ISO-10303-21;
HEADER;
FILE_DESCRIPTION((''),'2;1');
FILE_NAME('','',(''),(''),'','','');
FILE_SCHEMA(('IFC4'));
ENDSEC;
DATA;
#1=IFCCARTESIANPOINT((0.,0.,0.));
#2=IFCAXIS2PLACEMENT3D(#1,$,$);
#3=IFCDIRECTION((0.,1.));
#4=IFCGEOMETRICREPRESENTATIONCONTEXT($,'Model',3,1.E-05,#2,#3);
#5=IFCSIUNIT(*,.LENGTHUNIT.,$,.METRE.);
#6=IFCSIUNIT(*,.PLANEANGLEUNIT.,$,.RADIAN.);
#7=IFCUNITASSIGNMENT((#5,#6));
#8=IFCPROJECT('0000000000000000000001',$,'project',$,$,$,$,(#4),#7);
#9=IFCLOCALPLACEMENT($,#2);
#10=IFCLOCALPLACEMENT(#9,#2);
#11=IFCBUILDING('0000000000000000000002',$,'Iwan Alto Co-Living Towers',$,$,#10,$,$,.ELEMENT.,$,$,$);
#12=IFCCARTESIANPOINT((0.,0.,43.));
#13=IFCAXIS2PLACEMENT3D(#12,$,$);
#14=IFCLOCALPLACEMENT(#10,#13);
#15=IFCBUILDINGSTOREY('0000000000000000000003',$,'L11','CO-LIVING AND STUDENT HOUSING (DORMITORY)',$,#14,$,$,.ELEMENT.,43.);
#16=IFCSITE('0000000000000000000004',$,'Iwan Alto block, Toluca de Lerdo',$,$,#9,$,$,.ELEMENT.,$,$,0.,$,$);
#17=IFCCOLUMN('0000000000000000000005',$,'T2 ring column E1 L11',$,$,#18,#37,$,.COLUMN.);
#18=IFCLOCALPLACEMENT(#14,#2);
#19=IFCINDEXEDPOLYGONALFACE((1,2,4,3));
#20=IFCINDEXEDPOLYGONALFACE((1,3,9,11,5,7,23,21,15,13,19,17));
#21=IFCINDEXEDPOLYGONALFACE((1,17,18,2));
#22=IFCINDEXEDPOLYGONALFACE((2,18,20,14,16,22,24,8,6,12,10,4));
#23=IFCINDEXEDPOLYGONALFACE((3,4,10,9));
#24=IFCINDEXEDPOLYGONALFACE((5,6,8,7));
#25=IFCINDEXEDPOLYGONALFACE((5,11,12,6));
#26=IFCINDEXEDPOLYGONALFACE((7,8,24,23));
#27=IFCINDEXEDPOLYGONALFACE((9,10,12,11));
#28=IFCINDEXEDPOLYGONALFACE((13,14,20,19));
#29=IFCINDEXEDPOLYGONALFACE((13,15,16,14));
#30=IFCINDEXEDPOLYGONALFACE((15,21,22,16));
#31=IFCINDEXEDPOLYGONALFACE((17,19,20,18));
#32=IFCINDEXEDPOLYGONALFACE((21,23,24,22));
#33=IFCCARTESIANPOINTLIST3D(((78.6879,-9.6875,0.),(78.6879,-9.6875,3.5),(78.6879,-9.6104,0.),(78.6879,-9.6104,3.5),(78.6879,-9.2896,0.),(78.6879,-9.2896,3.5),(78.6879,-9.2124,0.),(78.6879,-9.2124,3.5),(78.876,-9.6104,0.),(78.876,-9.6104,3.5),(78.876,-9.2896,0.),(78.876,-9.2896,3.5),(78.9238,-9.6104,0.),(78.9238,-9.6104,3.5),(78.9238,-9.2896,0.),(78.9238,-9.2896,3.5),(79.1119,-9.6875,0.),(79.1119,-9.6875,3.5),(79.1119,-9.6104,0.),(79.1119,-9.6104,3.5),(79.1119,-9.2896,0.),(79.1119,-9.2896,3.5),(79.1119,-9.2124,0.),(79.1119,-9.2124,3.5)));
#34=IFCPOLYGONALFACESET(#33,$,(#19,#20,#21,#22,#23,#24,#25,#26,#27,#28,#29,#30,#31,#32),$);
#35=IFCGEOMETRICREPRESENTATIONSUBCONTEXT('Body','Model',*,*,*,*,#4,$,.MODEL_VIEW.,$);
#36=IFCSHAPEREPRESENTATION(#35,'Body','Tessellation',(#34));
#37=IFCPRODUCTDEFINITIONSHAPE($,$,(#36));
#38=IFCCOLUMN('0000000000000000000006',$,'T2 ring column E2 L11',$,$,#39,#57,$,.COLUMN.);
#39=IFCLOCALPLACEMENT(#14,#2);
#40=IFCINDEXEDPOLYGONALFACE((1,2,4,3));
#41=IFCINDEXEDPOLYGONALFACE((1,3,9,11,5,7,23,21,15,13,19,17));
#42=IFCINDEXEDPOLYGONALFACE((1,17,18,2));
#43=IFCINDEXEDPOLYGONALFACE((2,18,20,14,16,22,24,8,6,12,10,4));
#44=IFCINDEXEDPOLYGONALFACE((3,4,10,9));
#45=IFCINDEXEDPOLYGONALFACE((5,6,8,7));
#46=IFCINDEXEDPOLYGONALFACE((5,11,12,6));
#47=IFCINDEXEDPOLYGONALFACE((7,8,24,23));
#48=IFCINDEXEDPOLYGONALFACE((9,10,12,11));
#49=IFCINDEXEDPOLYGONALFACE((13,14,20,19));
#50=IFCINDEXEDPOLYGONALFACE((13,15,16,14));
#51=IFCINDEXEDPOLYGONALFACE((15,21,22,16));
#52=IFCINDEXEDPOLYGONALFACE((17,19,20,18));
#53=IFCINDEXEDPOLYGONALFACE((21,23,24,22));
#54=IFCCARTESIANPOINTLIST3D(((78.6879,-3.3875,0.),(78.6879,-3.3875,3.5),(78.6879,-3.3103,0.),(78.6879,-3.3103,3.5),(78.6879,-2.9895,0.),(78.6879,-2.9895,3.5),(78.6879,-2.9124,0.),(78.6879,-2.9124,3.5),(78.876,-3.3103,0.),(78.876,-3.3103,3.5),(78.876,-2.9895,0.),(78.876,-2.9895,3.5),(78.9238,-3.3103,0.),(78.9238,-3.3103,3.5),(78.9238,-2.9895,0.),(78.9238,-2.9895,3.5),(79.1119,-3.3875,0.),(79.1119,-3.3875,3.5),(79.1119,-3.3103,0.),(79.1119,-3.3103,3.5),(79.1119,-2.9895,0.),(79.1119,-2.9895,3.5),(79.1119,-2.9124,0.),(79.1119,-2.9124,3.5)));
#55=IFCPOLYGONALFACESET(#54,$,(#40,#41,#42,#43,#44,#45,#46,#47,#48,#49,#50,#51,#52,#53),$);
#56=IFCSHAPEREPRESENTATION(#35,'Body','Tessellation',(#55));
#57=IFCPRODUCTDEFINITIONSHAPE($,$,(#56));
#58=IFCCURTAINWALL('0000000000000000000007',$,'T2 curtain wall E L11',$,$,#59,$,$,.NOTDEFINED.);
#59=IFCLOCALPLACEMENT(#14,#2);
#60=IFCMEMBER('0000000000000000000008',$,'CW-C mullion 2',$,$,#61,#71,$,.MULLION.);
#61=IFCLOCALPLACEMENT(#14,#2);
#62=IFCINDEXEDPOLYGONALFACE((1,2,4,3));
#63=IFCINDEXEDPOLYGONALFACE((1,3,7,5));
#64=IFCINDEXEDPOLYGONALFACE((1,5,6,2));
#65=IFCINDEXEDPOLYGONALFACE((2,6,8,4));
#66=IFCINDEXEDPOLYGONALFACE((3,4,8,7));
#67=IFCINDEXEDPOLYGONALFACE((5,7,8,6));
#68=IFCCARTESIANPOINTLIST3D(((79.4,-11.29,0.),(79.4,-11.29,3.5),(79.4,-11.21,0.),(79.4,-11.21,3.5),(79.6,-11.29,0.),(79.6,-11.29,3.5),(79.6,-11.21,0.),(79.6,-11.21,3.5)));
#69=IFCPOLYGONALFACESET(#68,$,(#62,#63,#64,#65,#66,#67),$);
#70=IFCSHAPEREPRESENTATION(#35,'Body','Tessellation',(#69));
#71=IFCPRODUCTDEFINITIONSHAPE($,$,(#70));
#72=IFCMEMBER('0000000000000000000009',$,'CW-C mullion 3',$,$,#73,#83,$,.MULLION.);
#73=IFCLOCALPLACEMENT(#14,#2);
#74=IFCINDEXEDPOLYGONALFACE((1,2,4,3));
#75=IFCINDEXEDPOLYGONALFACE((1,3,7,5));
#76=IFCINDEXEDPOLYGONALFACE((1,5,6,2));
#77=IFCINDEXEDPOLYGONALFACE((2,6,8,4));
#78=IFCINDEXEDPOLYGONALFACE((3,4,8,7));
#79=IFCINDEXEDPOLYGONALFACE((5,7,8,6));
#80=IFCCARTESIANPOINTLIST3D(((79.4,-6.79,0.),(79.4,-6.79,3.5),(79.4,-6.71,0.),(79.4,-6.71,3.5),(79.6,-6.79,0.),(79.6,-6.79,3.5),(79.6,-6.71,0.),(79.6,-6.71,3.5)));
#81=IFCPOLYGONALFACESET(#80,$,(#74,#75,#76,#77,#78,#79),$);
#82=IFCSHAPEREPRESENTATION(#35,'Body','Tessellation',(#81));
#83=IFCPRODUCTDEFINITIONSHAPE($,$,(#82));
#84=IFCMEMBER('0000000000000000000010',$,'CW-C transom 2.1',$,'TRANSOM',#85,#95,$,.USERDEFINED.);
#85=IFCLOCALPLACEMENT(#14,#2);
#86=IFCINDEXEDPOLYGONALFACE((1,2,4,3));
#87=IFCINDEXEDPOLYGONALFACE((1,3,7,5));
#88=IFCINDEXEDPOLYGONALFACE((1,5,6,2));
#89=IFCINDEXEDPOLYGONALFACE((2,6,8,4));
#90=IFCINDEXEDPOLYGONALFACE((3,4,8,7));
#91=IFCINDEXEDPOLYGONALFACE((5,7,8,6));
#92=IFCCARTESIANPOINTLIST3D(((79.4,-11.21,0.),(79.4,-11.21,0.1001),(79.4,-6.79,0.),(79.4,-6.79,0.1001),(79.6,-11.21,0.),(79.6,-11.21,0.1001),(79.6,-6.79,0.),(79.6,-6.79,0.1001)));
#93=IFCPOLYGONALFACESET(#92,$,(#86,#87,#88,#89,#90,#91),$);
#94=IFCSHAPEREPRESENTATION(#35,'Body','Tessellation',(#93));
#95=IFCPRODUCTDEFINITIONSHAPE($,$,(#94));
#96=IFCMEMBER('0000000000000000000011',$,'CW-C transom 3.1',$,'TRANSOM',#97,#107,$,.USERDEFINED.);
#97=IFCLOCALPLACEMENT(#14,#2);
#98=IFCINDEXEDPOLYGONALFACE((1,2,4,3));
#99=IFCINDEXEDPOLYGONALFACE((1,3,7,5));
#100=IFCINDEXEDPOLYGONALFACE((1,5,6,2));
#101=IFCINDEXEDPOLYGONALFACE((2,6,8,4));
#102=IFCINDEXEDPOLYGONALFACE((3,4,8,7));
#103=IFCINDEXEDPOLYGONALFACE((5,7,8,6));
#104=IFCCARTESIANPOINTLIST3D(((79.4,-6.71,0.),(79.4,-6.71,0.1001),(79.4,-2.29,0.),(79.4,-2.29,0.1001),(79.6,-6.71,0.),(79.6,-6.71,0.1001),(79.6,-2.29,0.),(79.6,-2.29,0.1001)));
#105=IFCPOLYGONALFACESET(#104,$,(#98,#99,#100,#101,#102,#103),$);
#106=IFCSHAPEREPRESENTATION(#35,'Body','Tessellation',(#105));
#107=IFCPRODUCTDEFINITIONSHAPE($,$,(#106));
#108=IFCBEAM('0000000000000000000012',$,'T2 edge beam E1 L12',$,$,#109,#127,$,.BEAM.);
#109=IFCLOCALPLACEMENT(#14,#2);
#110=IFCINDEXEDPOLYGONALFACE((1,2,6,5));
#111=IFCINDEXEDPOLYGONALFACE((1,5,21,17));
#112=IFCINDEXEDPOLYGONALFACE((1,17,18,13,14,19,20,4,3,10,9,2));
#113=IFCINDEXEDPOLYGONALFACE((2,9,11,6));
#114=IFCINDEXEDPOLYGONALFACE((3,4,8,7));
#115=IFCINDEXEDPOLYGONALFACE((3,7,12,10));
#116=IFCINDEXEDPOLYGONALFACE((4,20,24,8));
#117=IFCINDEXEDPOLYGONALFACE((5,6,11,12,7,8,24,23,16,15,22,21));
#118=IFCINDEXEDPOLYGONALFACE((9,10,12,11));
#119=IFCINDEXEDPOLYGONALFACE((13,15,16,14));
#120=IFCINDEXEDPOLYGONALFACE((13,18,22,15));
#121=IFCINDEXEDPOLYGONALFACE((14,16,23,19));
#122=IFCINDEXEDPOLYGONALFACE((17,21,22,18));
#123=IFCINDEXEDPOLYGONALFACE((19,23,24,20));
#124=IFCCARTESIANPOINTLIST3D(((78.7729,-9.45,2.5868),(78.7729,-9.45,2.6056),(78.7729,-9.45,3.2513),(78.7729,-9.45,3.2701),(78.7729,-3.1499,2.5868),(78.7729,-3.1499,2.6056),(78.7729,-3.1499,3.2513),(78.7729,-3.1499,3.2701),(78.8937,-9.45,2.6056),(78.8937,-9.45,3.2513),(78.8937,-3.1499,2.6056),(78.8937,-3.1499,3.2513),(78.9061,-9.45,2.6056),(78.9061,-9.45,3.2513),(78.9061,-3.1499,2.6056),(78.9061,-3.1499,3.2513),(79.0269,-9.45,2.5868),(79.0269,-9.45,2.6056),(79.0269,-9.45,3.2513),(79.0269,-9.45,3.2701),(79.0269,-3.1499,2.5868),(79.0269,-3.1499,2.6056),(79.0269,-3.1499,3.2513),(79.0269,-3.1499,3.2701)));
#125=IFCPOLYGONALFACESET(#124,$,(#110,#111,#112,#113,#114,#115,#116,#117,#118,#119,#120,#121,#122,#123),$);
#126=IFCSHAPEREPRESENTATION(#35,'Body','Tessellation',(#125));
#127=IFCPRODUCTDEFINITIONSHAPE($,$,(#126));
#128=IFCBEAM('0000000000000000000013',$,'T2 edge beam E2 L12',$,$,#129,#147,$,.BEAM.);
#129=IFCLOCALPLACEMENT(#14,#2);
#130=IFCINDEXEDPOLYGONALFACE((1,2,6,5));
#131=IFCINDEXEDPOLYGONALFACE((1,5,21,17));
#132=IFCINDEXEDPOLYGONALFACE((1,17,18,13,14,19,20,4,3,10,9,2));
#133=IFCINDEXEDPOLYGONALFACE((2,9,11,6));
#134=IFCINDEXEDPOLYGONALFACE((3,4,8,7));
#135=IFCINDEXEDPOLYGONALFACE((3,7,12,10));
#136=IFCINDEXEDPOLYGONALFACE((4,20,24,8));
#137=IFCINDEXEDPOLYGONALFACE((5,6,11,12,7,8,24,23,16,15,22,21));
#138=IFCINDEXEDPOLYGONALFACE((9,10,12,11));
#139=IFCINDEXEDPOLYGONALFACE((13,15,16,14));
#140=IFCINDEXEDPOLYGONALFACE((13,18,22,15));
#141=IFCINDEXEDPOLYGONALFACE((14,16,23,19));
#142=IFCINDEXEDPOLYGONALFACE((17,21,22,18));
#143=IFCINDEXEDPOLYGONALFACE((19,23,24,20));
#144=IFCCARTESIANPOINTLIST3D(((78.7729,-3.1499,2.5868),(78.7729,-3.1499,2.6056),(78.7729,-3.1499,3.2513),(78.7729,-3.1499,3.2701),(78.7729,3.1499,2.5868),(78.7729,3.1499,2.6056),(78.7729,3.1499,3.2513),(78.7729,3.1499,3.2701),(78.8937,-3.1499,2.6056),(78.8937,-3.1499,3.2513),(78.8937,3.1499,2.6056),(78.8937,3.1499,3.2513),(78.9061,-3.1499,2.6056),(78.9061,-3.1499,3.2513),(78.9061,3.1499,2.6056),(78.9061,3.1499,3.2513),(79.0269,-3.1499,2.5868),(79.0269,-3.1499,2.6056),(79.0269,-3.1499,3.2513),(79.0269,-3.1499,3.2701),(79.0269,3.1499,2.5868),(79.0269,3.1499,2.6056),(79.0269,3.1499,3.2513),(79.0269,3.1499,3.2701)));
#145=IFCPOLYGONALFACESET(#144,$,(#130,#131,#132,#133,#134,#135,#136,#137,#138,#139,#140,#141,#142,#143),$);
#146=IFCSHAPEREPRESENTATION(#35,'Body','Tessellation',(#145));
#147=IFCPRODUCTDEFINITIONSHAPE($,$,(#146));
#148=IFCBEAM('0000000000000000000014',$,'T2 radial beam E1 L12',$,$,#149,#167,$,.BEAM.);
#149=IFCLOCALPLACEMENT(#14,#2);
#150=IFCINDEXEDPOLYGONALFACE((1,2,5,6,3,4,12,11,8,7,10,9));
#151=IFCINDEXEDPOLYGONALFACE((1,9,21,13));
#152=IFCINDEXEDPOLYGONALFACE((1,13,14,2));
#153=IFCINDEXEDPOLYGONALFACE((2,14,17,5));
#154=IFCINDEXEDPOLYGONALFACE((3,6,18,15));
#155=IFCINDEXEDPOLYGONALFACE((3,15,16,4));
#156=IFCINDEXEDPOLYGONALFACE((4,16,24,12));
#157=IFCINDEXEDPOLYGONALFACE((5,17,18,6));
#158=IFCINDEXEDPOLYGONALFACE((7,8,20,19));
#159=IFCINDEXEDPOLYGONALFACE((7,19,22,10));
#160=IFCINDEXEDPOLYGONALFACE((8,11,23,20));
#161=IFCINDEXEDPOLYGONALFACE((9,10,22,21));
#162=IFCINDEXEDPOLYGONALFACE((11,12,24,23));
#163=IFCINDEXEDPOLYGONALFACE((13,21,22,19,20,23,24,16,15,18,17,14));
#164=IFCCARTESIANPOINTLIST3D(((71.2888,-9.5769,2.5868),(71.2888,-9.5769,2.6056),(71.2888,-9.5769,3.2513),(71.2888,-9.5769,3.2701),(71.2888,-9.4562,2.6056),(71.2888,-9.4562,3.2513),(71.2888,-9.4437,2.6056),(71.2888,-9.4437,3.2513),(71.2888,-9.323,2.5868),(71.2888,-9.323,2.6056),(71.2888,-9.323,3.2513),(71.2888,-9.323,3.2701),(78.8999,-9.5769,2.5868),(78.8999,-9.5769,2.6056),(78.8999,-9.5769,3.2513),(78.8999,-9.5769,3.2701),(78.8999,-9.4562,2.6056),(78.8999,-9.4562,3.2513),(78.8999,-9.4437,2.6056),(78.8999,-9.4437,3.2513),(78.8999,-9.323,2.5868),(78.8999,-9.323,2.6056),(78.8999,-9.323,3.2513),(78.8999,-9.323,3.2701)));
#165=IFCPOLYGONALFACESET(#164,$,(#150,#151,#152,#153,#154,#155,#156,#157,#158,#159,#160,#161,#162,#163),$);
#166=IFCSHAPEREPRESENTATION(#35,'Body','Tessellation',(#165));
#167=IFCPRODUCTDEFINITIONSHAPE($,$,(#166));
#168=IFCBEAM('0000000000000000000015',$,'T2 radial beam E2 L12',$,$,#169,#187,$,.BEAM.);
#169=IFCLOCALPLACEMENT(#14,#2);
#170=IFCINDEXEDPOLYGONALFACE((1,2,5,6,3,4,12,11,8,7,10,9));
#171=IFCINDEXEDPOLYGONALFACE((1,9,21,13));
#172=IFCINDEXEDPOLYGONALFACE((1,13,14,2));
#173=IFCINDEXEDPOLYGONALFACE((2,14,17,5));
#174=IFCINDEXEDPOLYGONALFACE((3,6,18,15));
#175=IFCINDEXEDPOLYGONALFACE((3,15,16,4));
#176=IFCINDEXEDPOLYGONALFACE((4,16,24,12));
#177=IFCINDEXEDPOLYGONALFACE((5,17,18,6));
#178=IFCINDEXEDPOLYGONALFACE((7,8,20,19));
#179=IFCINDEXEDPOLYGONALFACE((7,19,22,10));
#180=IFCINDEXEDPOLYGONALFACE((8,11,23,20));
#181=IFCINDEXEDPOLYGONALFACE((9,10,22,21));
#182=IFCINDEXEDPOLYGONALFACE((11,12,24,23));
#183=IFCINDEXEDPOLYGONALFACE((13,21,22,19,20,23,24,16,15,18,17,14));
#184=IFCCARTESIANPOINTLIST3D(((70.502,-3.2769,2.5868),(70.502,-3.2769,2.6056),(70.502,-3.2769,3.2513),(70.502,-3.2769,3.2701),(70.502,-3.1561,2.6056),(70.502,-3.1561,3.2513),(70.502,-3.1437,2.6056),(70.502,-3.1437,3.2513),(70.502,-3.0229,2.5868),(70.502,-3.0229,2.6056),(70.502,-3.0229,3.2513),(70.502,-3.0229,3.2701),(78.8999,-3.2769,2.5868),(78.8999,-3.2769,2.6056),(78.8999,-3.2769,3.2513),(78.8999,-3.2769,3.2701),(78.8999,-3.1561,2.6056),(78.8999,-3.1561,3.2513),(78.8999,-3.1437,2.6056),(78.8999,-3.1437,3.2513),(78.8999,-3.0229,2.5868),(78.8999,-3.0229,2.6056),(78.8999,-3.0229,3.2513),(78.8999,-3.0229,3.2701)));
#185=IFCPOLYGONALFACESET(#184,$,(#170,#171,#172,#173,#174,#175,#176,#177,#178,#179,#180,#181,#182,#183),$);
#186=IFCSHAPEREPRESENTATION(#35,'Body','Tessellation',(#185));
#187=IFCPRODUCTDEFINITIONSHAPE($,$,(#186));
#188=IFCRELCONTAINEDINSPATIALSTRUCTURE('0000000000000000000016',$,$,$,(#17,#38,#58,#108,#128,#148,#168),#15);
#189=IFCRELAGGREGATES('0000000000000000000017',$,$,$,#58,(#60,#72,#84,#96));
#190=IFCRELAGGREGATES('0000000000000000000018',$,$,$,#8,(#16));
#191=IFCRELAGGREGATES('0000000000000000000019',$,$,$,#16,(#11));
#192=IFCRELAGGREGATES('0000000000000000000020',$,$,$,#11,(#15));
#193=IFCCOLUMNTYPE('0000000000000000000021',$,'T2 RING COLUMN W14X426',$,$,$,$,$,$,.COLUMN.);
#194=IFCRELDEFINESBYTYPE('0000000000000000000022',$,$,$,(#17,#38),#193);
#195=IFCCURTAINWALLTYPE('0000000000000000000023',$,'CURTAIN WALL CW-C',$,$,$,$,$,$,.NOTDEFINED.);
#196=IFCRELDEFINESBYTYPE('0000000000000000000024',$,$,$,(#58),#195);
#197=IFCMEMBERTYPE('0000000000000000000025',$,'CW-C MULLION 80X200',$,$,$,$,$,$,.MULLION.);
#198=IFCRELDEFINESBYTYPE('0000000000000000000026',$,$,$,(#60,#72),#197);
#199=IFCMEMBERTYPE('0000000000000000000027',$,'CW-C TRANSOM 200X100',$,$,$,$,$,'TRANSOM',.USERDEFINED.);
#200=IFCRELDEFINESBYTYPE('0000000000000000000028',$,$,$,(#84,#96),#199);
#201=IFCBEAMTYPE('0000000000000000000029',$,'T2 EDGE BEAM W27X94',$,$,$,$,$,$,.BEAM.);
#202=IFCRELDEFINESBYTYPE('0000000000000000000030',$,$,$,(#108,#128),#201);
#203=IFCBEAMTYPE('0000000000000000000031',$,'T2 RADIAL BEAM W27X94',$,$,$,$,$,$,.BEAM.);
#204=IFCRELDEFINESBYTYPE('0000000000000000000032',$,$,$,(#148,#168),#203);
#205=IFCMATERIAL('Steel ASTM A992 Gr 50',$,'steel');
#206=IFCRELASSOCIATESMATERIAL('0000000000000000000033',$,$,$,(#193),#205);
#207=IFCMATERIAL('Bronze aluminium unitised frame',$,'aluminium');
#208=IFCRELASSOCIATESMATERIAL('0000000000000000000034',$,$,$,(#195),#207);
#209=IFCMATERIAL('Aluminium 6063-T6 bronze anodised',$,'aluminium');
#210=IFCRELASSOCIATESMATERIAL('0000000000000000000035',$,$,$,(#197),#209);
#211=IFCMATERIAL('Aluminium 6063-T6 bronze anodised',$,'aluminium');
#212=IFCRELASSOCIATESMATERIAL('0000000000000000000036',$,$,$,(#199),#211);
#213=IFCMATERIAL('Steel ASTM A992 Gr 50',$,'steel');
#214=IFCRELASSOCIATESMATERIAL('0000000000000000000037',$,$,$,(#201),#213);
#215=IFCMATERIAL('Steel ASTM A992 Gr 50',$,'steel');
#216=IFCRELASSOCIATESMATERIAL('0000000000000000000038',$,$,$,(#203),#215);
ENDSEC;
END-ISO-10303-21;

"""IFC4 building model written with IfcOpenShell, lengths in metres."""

from ifc_helpers import new_model, si_unit, direction, frame, origin, origin_2d, place, context, subcontext, project, spatial, rectangle, i_section, extrude, material, material_profile, profile_set, type_object, element, aggregate, save


model = new_model("IFC4")

# Units and contexts
model_context = context("Model", 3, precision=1e-05, world=origin(), true_north=direction((0.0, 1.0)))
body_context = subcontext(model_context, "Body", "Model", "MODEL_VIEW")
ifc_project = project(units=[si_unit("LENGTHUNIT", "METRE"), si_unit("PLANEANGLEUNIT", "RADIAN")], contexts=[model_context])

# Site, building, storey
site_placement = place(None, origin())
site = spatial("IfcSite", under=ifc_project, at=site_placement, Name="Iwan Alto block, Toluca de Lerdo", CompositionType="ELEMENT", RefElevation=0.0)
building_placement = place(site_placement, origin())
building = spatial("IfcBuilding", under=site, at=building_placement, Name="Iwan Alto Co-Living Towers", CompositionType="ELEMENT")
storey_placement = place(building_placement, frame((0.0, 0.0, 43.0)))
storey = spatial("IfcBuildingStorey", under=building, at=storey_placement, Name="L11", Description="CO-LIVING AND STUDENT HOUSING (DORMITORY)", CompositionType="ELEMENT", Elevation=43.0)

# Columns
ifc_material_1 = material(Name="Steel ASTM A992 Gr 50", Category="steel")
ifc_material_profile_1 = material_profile(ifc_material_1, i_section(OverallWidth=0.4241, OverallDepth=0.4751, WebThickness=0.0479, FlangeThickness=0.0771, at=origin_2d()), Name="W14X426")
ifc_profile_set_1 = profile_set([ifc_material_profile_1], Name="Steel ASTM A992 Gr 50")
column_type = type_object("IfcColumnType", Name="T2 RING COLUMN W14X426", PredefinedType="COLUMN", material=ifc_profile_set_1)
for number, where, z_axis, x_axis, name in (
    (1, (78.8999, -9.45, 0.0), (0.0, 0.0, 1.0), (1.0, 0.0, 0.0), "T2 ring column E1 L11"),
    (2, (78.8999, -3.1499, 0.0), (0.0, 0.0, 1.0), (1.0, 0.0, 0.0), "T2 ring column E2 L11"),
):
    element("IfcColumn", number, at=place(storey_placement, frame(where, z_axis=z_axis, x_axis=x_axis)), inside=storey, type_object=column_type, Name=name, PredefinedType="COLUMN", context=body_context, shape_type="SweptSolid", body=[
        extrude(i_section(OverallWidth=0.4241, OverallDepth=0.4751, WebThickness=0.0479, FlangeThickness=0.0771, at=origin_2d()), origin(), (0.0, 0.0, 1.0), 3.5),
    ])

# Curtain wall, members
ifc_material_2 = material(Name="Bronze aluminium unitised frame", Category="aluminium")
curtain_wall_type = type_object("IfcCurtainWallType", Name="CURTAIN WALL CW-C", PredefinedType="NOTDEFINED", material=ifc_material_2)
curtain_wall_placement = place(storey_placement, origin())
curtain_wall = element("IfcCurtainWall", 3, at=curtain_wall_placement, inside=storey, type_object=curtain_wall_type, Name="T2 curtain wall E L11", PredefinedType="NOTDEFINED")
ifc_material_3 = material(Name="Aluminium 6063-T6 bronze anodised", Category="aluminium")
ifc_material_profile_2 = material_profile(ifc_material_3, rectangle(XDim=0.2, YDim=0.0801, at=origin_2d()), Name="AL 80X200")
ifc_profile_set_2 = profile_set([ifc_material_profile_2], Name="Aluminium 6063-T6 bronze anodised")
member_type_1 = type_object("IfcMemberType", Name="CW-C MULLION 80X200", PredefinedType="MULLION", material=ifc_profile_set_2)
member_1_placement = place(storey_placement, frame((79.5, -11.25, 0.0), z_axis=(0.0, 0.0, 1.0), x_axis=(-1.0, 0.0, 0.0)))
member_1 = element("IfcMember", 4, at=member_1_placement, type_object=member_type_1, Name="CW-C mullion 2", PredefinedType="MULLION", context=body_context, shape_type="SweptSolid", body=[
    extrude(rectangle(XDim=0.2, YDim=0.0801, at=origin_2d()), origin(), (0.0, 0.0, 1.0), 3.5),
])
member_2_placement = place(storey_placement, frame((79.5, -6.75, 0.0), z_axis=(0.0, 0.0, 1.0), x_axis=(-1.0, 0.0, 0.0)))
member_2 = element("IfcMember", 5, at=member_2_placement, type_object=member_type_1, Name="CW-C mullion 3", PredefinedType="MULLION", context=body_context, shape_type="SweptSolid", body=[
    extrude(rectangle(XDim=0.2, YDim=0.0801, at=origin_2d()), origin(), (0.0, 0.0, 1.0), 3.5),
])
ifc_material_4 = material(Name="Aluminium 6063-T6 bronze anodised", Category="aluminium")
ifc_material_profile_3 = material_profile(ifc_material_4, rectangle(XDim=0.2, YDim=0.1001, at=origin_2d()), Name="AL 200X100")
ifc_profile_set_3 = profile_set([ifc_material_profile_3], Name="Aluminium 6063-T6 bronze anodised")
member_type_2 = type_object("IfcMemberType", Name="CW-C TRANSOM 200X100", ElementType="TRANSOM", PredefinedType="USERDEFINED", material=ifc_profile_set_3)
member_3_placement = place(storey_placement, frame((79.5, -11.21, 0.05), z_axis=(0.0, 1.0, 0.0), x_axis=(-1.0, 0.0, 0.0)))
member_3 = element("IfcMember", 6, at=member_3_placement, type_object=member_type_2, Name="CW-C transom 2.1", ObjectType="TRANSOM", PredefinedType="USERDEFINED", context=body_context, shape_type="SweptSolid", body=[
    extrude(rectangle(XDim=0.2, YDim=0.1001, at=origin_2d()), origin(), (0.0, 0.0, 1.0), 4.4199),
])
member_4_placement = place(storey_placement, frame((79.5, -6.71, 0.05), z_axis=(0.0, 1.0, 0.0), x_axis=(-1.0, 0.0, 0.0)))
member_4 = element("IfcMember", 7, at=member_4_placement, type_object=member_type_2, Name="CW-C transom 3.1", ObjectType="TRANSOM", PredefinedType="USERDEFINED", context=body_context, shape_type="SweptSolid", body=[
    extrude(rectangle(XDim=0.2, YDim=0.1001, at=origin_2d()), origin(), (0.0, 0.0, 1.0), 4.4199),
])

# Beams
ifc_material_5 = material(Name="Steel ASTM A992 Gr 50", Category="steel")
ifc_material_profile_4 = material_profile(ifc_material_5, i_section(OverallWidth=0.2539, OverallDepth=0.6833, WebThickness=0.0125, FlangeThickness=0.0188, at=origin_2d()), Name="W27X94")
ifc_profile_set_4 = profile_set([ifc_material_profile_4], Name="Steel ASTM A992 Gr 50")
beam_type_1 = type_object("IfcBeamType", Name="T2 EDGE BEAM W27X94", PredefinedType="BEAM", material=ifc_profile_set_4)
beam_1_placement = place(storey_placement, frame((78.8999, -9.45, 2.9285), z_axis=(0.0, 1.0, 0.0), x_axis=(-1.0, 0.0, 0.0)))
element("IfcBeam", 8, at=beam_1_placement, inside=storey, type_object=beam_type_1, Name="T2 edge beam E1 L12", PredefinedType="BEAM", context=body_context, shape_type="SweptSolid", body=[
    extrude(i_section(OverallWidth=0.2539, OverallDepth=0.6833, WebThickness=0.0125, FlangeThickness=0.0188, at=origin_2d()), origin(), (0.0, 0.0, 1.0), 6.3),
])
beam_2_placement = place(storey_placement, frame((78.8999, -3.1499, 2.9285), z_axis=(0.0, 1.0, 0.0), x_axis=(-1.0, 0.0, 0.0)))
element("IfcBeam", 9, at=beam_2_placement, inside=storey, type_object=beam_type_1, Name="T2 edge beam E2 L12", PredefinedType="BEAM", context=body_context, shape_type="SweptSolid", body=[
    extrude(i_section(OverallWidth=0.2539, OverallDepth=0.6833, WebThickness=0.0125, FlangeThickness=0.0188, at=origin_2d()), origin(), (0.0, 0.0, 1.0), 6.2998),
])
ifc_material_6 = material(Name="Steel ASTM A992 Gr 50", Category="steel")
ifc_material_profile_5 = material_profile(ifc_material_6, i_section(OverallWidth=0.2539, OverallDepth=0.6833, WebThickness=0.0125, FlangeThickness=0.0188, at=origin_2d()), Name="W27X94")
ifc_profile_set_5 = profile_set([ifc_material_profile_5], Name="Steel ASTM A992 Gr 50")
beam_type_2 = type_object("IfcBeamType", Name="T2 RADIAL BEAM W27X94", PredefinedType="BEAM", material=ifc_profile_set_5)
beam_3_placement = place(storey_placement, frame((78.8999, -9.45, 2.9285), z_axis=(-1.0, 0.0, 0.0), x_axis=(0.0, -1.0, 0.0)))
element("IfcBeam", 10, at=beam_3_placement, inside=storey, type_object=beam_type_2, Name="T2 radial beam E1 L12", PredefinedType="BEAM", context=body_context, shape_type="SweptSolid", body=[
    extrude(i_section(OverallWidth=0.2539, OverallDepth=0.6833, WebThickness=0.0125, FlangeThickness=0.0188, at=origin_2d()), origin(), (0.0, 0.0, 1.0), 7.6111),
])
beam_4_placement = place(storey_placement, frame((78.8999, -3.1499, 2.9285), z_axis=(-1.0, 0.0, 0.0), x_axis=(0.0, -1.0, 0.0)))
element("IfcBeam", 11, at=beam_4_placement, inside=storey, type_object=beam_type_2, Name="T2 radial beam E2 L12", PredefinedType="BEAM", context=body_context, shape_type="SweptSolid", body=[
    extrude(i_section(OverallWidth=0.2539, OverallDepth=0.6833, WebThickness=0.0125, FlangeThickness=0.0188, at=origin_2d()), origin(), (0.0, 0.0, 1.0), 8.3979),
])

aggregate(curtain_wall, [member_1, member_2, member_3, member_4])

save(model, "model.ifc")
